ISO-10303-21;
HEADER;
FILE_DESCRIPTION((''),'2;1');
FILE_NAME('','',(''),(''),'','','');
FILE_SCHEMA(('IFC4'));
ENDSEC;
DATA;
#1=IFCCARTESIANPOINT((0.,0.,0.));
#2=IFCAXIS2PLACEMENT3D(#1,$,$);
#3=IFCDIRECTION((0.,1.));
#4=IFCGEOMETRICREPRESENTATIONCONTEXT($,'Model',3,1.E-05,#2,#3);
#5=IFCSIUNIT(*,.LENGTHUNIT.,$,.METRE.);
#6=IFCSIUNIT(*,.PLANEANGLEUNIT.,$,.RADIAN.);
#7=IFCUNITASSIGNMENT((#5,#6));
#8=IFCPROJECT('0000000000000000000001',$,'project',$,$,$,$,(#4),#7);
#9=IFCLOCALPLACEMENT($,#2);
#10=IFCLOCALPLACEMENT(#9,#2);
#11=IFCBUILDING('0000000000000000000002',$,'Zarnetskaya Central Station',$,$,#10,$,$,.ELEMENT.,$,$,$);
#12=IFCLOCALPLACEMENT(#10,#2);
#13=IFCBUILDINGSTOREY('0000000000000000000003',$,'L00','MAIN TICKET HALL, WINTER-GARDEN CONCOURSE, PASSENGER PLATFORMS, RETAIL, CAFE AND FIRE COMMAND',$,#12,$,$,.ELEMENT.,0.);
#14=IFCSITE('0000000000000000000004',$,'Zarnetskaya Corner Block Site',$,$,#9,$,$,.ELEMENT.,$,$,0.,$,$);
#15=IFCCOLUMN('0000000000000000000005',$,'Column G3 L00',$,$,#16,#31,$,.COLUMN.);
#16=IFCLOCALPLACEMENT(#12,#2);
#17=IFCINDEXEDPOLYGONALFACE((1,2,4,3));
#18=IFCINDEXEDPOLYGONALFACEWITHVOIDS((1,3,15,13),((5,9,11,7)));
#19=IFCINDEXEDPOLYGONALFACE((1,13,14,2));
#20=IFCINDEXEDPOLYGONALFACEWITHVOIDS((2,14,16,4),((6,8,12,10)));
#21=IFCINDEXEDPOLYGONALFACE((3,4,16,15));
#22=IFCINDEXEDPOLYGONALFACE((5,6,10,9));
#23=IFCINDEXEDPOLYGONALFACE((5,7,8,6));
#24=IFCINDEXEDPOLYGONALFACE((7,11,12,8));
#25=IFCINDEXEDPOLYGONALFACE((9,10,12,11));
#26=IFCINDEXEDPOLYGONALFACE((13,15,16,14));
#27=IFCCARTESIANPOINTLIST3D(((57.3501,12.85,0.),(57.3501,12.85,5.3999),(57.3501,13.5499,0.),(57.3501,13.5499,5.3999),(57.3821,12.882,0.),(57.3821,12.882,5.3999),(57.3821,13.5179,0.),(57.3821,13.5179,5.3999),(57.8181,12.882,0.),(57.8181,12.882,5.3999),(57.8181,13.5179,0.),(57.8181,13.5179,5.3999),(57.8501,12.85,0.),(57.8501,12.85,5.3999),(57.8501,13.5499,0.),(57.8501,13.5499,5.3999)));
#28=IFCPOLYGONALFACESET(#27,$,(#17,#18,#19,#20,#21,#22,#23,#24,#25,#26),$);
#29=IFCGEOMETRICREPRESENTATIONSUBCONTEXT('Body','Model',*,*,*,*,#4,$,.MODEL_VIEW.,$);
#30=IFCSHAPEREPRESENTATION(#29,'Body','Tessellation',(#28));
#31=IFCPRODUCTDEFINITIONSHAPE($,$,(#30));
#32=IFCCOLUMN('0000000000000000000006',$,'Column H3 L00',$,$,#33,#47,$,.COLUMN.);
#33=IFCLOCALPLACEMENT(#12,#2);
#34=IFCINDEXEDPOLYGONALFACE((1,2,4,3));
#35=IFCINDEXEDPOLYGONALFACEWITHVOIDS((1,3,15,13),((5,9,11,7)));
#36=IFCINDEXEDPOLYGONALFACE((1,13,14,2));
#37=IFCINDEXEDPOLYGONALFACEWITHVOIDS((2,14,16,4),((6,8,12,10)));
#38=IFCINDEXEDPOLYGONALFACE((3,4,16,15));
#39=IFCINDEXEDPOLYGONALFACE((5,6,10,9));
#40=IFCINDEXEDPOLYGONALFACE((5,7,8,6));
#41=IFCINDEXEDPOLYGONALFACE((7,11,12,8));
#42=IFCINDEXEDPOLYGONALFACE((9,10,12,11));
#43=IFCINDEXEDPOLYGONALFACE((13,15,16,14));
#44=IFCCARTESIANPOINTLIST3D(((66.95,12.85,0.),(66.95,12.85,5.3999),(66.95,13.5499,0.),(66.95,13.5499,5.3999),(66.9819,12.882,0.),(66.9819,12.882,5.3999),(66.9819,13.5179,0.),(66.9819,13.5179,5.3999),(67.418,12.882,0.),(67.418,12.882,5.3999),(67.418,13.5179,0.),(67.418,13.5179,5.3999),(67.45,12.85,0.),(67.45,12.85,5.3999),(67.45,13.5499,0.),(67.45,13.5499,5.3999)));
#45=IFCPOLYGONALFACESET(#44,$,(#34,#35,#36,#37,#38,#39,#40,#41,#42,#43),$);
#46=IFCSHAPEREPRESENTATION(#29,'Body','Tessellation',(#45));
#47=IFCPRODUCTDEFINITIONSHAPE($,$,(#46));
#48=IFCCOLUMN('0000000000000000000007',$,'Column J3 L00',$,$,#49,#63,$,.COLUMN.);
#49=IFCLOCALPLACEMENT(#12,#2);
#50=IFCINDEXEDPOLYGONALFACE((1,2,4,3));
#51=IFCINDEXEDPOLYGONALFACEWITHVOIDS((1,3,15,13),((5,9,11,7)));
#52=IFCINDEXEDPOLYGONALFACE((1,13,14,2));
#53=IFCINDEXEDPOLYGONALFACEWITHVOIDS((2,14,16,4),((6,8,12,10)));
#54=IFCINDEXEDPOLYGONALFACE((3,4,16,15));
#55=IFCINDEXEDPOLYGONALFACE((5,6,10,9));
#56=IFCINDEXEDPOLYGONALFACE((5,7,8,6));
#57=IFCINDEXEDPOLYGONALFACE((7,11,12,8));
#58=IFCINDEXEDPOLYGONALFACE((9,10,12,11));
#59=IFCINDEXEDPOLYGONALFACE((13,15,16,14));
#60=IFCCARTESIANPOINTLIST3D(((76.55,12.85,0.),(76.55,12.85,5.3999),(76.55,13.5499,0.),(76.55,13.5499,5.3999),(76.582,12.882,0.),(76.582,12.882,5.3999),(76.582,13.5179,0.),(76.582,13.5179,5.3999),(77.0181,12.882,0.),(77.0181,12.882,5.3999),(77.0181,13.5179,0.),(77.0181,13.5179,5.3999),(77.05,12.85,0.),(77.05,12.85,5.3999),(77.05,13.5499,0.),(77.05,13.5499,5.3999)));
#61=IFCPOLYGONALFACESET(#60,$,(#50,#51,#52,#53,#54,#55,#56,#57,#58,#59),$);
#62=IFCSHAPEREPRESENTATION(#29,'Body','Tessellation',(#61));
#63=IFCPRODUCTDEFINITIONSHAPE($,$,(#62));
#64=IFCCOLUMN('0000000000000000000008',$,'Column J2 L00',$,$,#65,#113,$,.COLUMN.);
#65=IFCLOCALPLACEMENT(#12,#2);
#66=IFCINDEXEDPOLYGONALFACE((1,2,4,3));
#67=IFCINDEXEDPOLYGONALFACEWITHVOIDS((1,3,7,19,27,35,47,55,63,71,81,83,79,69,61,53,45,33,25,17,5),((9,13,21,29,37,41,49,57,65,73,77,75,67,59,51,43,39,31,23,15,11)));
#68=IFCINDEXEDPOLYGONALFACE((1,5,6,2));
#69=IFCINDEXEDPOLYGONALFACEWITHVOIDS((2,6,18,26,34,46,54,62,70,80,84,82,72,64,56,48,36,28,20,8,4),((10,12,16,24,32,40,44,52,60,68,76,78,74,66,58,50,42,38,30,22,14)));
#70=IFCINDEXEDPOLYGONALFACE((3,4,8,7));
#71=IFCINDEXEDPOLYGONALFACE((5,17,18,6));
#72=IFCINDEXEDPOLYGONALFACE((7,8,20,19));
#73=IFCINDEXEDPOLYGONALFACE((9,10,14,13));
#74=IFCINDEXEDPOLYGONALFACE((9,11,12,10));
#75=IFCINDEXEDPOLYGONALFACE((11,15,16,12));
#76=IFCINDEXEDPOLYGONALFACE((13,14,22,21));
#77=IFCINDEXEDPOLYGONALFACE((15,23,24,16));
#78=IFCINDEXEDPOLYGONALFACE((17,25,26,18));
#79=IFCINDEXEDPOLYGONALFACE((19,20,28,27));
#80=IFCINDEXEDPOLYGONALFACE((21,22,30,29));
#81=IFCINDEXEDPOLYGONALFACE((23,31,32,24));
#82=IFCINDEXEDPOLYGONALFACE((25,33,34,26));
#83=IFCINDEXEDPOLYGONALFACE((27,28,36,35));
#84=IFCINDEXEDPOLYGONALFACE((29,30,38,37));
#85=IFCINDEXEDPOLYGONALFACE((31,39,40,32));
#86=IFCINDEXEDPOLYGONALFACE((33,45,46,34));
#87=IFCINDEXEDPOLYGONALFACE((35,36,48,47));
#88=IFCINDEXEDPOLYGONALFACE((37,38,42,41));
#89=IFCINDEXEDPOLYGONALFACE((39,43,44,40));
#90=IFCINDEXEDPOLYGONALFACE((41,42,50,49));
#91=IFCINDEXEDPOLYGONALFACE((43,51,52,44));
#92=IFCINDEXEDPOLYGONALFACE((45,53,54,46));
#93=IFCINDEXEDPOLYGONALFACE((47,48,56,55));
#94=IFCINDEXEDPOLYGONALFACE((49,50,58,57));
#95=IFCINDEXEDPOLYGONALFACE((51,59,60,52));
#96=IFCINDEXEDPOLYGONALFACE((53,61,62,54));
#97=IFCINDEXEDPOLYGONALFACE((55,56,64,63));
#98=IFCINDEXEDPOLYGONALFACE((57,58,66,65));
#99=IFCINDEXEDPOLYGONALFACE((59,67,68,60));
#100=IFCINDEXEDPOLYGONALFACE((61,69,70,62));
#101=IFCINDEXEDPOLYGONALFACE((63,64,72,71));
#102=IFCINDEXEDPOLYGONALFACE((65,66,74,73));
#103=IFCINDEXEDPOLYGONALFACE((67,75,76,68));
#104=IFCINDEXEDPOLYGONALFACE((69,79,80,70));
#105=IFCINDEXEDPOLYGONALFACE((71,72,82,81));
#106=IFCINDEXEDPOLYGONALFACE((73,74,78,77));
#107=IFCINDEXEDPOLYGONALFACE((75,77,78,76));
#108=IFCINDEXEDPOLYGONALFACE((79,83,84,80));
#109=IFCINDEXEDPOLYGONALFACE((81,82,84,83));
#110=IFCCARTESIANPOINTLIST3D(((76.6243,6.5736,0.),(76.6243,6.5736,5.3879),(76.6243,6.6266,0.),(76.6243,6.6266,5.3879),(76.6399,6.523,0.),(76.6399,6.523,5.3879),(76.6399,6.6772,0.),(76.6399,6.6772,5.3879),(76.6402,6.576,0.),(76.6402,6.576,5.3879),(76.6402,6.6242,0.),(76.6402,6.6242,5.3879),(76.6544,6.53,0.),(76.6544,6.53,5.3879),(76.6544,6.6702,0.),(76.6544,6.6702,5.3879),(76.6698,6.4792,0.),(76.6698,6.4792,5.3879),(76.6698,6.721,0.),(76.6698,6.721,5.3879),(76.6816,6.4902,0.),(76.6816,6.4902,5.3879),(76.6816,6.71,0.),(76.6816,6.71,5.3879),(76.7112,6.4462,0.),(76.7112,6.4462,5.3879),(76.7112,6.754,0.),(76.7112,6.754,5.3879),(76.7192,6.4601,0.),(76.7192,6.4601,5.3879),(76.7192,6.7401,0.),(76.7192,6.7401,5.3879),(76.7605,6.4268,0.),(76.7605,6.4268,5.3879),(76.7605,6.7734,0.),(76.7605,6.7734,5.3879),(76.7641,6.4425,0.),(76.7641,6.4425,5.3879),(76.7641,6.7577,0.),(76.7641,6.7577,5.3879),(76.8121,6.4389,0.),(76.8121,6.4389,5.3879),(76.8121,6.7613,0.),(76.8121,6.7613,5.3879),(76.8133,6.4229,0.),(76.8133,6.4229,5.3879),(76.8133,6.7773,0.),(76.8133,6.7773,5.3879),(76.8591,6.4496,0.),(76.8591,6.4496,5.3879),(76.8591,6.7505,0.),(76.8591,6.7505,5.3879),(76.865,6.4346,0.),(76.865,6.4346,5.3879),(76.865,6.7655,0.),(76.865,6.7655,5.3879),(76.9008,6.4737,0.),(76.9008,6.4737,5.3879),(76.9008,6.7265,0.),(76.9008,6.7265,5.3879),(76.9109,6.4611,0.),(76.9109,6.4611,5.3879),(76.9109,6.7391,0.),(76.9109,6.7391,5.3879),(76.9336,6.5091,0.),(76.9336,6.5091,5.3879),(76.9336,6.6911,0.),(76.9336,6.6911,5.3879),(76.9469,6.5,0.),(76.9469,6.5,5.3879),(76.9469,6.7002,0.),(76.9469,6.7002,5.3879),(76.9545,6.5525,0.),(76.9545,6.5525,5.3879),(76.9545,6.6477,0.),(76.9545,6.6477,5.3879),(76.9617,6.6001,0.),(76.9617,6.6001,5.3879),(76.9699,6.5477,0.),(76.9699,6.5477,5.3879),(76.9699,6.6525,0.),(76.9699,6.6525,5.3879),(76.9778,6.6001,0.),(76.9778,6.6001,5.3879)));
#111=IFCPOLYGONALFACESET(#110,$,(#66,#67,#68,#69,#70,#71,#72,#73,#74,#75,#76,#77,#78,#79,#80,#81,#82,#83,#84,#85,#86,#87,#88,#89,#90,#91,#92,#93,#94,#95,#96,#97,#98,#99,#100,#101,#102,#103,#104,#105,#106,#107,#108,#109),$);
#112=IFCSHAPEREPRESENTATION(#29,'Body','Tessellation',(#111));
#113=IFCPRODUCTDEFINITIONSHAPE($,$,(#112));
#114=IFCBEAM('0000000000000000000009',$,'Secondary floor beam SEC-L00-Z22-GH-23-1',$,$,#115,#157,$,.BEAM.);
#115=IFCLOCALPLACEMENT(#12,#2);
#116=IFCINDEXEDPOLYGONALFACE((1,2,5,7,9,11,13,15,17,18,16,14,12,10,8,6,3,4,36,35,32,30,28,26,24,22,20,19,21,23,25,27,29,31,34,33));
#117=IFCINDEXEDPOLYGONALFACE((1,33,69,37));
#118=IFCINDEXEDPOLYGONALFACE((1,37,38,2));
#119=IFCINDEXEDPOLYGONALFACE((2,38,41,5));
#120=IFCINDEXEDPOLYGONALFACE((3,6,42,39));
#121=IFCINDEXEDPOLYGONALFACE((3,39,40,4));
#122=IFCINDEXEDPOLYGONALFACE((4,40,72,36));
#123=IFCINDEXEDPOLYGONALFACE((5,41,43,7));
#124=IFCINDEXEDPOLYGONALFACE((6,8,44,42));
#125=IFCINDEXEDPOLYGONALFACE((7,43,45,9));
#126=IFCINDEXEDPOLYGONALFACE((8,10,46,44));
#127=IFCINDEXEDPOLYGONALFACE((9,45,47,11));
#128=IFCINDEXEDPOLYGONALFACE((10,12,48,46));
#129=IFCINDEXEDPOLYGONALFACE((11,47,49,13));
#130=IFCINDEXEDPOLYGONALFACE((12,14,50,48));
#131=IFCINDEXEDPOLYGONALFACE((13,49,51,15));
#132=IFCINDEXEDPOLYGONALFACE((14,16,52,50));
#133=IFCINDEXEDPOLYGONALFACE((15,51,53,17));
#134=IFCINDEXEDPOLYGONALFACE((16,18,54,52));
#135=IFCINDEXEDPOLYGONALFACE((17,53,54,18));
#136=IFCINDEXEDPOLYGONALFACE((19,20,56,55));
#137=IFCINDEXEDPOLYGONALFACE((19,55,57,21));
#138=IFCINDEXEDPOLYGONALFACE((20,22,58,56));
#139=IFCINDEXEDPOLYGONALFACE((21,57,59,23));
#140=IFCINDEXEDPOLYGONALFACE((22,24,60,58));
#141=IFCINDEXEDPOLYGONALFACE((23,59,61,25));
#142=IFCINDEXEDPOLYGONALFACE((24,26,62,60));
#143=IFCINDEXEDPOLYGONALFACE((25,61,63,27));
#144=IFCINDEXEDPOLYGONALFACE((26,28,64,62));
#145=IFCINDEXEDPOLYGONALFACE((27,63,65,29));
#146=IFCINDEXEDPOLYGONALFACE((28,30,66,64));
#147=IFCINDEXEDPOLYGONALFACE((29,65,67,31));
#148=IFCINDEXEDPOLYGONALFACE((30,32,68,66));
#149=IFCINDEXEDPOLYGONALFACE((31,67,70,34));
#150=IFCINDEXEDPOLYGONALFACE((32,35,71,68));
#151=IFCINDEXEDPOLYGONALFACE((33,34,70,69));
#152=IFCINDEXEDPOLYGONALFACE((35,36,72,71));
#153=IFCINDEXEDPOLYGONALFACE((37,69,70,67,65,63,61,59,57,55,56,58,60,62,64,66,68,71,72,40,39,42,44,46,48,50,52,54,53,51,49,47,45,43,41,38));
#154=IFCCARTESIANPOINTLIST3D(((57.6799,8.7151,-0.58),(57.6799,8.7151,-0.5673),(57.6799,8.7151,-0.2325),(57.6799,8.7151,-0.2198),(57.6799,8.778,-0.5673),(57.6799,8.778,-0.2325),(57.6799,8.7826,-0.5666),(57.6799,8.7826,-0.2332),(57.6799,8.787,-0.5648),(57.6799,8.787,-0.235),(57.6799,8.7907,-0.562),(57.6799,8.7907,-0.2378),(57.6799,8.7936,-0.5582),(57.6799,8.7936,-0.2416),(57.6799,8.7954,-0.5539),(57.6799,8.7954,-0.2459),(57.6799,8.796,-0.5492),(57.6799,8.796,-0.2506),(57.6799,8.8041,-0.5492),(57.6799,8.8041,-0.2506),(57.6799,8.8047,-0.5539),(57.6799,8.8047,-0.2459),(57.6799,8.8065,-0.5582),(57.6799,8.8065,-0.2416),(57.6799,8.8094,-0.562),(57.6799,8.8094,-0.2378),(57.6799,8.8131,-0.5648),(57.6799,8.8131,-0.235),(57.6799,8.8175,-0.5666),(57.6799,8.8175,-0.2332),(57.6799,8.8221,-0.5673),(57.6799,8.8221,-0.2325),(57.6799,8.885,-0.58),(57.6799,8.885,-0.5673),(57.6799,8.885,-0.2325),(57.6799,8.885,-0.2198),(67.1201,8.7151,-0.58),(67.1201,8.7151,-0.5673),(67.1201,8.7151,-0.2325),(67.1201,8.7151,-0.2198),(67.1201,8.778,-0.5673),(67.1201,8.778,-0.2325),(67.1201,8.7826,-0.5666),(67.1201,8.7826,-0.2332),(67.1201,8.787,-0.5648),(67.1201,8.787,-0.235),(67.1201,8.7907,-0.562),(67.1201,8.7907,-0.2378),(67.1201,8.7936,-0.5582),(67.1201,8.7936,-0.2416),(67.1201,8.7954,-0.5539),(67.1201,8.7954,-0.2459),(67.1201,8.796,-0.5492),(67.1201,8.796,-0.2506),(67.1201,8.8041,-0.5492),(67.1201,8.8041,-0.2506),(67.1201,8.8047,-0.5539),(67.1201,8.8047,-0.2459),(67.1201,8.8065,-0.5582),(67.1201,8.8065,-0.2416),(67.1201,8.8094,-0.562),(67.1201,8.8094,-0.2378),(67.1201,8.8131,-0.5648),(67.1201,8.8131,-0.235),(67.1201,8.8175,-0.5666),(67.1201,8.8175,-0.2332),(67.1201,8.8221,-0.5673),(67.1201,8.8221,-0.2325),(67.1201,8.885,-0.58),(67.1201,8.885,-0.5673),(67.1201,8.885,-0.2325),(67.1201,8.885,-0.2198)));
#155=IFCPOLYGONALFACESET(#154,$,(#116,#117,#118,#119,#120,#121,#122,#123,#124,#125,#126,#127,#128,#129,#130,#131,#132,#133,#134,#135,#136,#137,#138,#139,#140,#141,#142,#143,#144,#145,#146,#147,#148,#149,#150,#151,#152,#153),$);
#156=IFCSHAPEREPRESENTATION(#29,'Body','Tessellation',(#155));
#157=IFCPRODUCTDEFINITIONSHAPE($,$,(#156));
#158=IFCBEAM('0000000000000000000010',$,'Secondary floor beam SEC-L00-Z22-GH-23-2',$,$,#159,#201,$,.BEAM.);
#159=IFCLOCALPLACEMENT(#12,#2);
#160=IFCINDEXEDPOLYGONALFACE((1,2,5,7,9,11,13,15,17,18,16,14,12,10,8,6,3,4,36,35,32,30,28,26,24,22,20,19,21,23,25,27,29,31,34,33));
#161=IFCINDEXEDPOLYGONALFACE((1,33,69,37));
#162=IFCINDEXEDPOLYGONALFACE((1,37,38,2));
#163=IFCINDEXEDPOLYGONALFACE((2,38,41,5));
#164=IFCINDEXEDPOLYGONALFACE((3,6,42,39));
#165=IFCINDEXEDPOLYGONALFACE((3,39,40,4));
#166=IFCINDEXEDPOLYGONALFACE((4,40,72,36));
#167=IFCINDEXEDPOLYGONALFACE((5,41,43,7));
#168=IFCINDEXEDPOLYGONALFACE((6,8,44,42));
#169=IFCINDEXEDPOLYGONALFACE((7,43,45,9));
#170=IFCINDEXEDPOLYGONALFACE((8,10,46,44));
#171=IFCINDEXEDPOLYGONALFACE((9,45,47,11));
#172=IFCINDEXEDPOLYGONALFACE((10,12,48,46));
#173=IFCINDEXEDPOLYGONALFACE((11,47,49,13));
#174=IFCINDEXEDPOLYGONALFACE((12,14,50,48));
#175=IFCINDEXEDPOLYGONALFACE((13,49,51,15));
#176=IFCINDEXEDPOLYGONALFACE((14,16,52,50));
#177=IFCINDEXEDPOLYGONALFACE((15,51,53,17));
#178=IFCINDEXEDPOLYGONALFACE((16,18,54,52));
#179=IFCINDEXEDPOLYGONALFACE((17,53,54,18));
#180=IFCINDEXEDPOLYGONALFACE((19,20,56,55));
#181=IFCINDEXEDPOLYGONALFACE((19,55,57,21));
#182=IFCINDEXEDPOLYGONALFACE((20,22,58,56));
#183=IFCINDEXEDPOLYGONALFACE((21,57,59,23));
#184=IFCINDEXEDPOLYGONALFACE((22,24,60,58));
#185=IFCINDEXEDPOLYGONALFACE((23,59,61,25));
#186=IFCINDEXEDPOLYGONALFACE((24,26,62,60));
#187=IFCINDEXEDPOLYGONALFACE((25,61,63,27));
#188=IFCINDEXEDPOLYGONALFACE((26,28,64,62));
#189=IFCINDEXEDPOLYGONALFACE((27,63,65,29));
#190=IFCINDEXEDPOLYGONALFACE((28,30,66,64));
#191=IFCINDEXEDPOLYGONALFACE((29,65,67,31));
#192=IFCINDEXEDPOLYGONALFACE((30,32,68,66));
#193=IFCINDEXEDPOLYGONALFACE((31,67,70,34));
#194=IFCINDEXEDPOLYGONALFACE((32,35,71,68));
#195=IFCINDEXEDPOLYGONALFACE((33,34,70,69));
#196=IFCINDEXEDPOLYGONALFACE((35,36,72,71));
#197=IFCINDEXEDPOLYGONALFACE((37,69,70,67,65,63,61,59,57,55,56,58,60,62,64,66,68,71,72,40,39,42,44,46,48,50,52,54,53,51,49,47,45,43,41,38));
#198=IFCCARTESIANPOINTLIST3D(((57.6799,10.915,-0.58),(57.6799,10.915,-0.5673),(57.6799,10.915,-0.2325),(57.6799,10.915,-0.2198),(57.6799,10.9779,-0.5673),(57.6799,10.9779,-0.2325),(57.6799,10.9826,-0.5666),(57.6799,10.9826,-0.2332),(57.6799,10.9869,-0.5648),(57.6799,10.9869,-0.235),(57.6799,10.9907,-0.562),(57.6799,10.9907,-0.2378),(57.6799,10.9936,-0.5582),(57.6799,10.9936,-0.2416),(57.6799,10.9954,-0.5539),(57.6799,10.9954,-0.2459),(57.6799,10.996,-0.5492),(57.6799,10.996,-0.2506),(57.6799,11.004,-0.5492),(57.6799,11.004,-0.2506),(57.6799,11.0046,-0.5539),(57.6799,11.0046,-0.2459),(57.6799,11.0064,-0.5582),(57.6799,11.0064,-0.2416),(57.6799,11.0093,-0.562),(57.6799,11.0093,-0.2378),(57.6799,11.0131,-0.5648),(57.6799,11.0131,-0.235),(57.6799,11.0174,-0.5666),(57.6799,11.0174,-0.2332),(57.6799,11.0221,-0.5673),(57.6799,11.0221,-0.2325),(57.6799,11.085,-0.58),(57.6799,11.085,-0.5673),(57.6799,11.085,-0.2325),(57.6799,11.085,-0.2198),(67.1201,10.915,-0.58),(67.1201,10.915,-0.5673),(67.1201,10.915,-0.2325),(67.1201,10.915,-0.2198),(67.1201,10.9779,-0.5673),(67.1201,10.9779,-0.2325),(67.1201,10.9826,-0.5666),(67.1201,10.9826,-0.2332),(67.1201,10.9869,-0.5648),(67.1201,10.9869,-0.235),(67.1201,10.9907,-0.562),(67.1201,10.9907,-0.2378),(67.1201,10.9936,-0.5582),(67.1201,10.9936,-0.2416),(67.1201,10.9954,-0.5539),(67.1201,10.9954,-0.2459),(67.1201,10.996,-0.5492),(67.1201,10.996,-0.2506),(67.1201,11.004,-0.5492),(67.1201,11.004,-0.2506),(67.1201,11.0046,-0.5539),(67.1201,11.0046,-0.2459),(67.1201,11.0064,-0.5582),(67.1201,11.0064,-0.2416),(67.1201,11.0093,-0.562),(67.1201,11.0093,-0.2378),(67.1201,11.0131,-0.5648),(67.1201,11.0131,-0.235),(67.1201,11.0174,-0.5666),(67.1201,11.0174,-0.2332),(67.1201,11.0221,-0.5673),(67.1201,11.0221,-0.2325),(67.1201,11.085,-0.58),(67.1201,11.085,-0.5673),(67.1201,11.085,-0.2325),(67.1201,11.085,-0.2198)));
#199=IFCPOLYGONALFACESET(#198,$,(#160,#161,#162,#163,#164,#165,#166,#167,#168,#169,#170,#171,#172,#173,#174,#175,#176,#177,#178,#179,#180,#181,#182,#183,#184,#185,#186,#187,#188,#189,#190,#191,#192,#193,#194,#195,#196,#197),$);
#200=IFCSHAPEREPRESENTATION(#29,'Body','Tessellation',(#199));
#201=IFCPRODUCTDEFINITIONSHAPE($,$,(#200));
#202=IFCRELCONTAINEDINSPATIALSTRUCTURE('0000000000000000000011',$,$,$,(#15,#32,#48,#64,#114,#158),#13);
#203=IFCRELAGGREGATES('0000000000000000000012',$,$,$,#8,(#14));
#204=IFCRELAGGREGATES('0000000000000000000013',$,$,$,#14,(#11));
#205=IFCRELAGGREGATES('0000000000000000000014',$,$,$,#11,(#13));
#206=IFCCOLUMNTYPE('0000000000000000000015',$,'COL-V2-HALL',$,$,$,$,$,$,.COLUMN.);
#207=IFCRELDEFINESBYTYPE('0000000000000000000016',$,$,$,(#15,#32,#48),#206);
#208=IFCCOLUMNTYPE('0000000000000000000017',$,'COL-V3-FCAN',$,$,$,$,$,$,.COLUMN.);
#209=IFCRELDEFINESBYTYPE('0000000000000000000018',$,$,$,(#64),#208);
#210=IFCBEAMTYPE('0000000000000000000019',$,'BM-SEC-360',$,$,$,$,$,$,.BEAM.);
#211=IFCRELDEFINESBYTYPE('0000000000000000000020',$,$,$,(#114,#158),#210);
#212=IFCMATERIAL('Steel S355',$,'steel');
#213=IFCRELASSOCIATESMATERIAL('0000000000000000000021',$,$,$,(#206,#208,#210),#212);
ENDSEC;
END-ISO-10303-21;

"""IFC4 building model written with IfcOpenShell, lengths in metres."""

from ifc_helpers import new_model, si_unit, direction, frame, origin, origin_2d, place, context, subcontext, project, spatial, hollow_rectangle, hollow_circle, i_section, extrude, material, material_profile, profile_set, type_object, element, save


model = new_model("IFC4")

# Units and contexts
model_context = context("Model", 3, precision=1e-05, world=origin(), true_north=direction((0.0, 1.0)))
body_context = subcontext(model_context, "Body", "Model", "MODEL_VIEW")
ifc_project = project(units=[si_unit("LENGTHUNIT", "METRE"), si_unit("PLANEANGLEUNIT", "RADIAN")], contexts=[model_context])

# Site, building, storey
site_placement = place(None, origin())
site = spatial("IfcSite", under=ifc_project, at=site_placement, Name="Zarnetskaya Corner Block Site", CompositionType="ELEMENT", RefElevation=0.0)
building_placement = place(site_placement, origin())
building = spatial("IfcBuilding", under=site, at=building_placement, Name="Zarnetskaya Central Station", CompositionType="ELEMENT")
storey_placement = place(building_placement, origin())
storey = spatial("IfcBuildingStorey", under=building, at=storey_placement, Name="L00", Description="MAIN TICKET HALL, WINTER-GARDEN CONCOURSE, PASSENGER PLATFORMS, RETAIL, CAFE AND FIRE COMMAND", CompositionType="ELEMENT", Elevation=0.0)

# Columns
ifc_material_1 = material(Name="Steel S355", Category="steel")
ifc_material_profile_1 = material_profile(ifc_material_1, hollow_rectangle(XDim=0.5, YDim=0.7, WallThickness=0.032, at=origin_2d()), Name="BOX 700x500x32")
ifc_profile_set_1 = profile_set([ifc_material_profile_1], Name="Steel S355")
column_type_1 = type_object("IfcColumnType", Name="COL-V2-HALL", PredefinedType="COLUMN", material=ifc_profile_set_1)
for number, where, z_axis, x_axis, name in (
    (1, (57.6001, 13.2, 0.0), (0.0, 0.0, 1.0), (1.0, 0.0, 0.0), "Column G3 L00"),
    (2, (67.2, 13.2, 0.0), (0.0, 0.0, 1.0), (1.0, 0.0, 0.0), "Column H3 L00"),
    (3, (76.8, 13.2, 0.0), (0.0, 0.0, 1.0), (1.0, 0.0, 0.0), "Column J3 L00"),
):
    element("IfcColumn", number, at=place(storey_placement, frame(where, z_axis=z_axis, x_axis=x_axis)), inside=storey, type_object=column_type_1, Name=name, PredefinedType="COLUMN", context=body_context, shape_type="SweptSolid", body=[
        extrude(hollow_rectangle(XDim=0.5, YDim=0.7, WallThickness=0.032, at=origin_2d()), origin(), (0.0, 0.0, 1.0), 5.3999),
    ])
ifc_material_profile_2 = material_profile(ifc_material_1, hollow_circle(Radius=0.1777, WallThickness=0.0161, at=origin_2d()), Name="CHS 355.6x16")
ifc_profile_set_2 = profile_set([ifc_material_profile_2], Name="Steel S355")
column_type_2 = type_object("IfcColumnType", Name="COL-V3-FCAN", PredefinedType="COLUMN", material=ifc_profile_set_2)
column_placement = place(storey_placement, frame((76.8, 6.6001, 0.0), z_axis=(0.0, 0.0, 1.0), x_axis=(1.0, 0.0, 0.0)))
element("IfcColumn", 4, at=column_placement, inside=storey, type_object=column_type_2, Name="Column J2 L00", PredefinedType="COLUMN", context=body_context, shape_type="SweptSolid", body=[
    extrude(hollow_circle(Radius=0.1777, WallThickness=0.0161, at=origin_2d()), origin(), (0.0, 0.0, 1.0), 5.3879),
])

# Beams
ifc_material_profile_3 = material_profile(ifc_material_1, i_section(OverallWidth=0.1699, OverallDepth=0.3601, WebThickness=0.0081, FlangeThickness=0.0127, FilletRadius=0.0181, at=origin_2d()), Name="IPE 360")
ifc_profile_set_3 = profile_set([ifc_material_profile_3], Name="Steel S355")
beam_type_1 = type_object("IfcBeamType", Name="BM-SEC-360", PredefinedType="BEAM", material=ifc_profile_set_3)
for number, where, z_axis, x_axis, name in (
    (5, (57.6799, 8.8, -0.3999), (1.0, 0.0, 0.0), (0.0, 1.0, 0.0), "Secondary floor beam SEC-L00-Z22-GH-23-1"),
    (6, (57.6799, 11.0, -0.3999), (1.0, 0.0, 0.0), (0.0, 1.0, 0.0), "Secondary floor beam SEC-L00-Z22-GH-23-2"),
):
    element("IfcBeam", number, at=place(storey_placement, frame(where, z_axis=z_axis, x_axis=x_axis)), inside=storey, type_object=beam_type_1, Name=name, PredefinedType="BEAM", context=body_context, shape_type="SweptSolid", body=[
        extrude(i_section(OverallWidth=0.1699, OverallDepth=0.3601, WebThickness=0.0081, FlangeThickness=0.0127, FilletRadius=0.0181, at=origin_2d()), origin(), (0.0, 0.0, 1.0), 9.4402),
    ])

save(model, "model.ifc")
